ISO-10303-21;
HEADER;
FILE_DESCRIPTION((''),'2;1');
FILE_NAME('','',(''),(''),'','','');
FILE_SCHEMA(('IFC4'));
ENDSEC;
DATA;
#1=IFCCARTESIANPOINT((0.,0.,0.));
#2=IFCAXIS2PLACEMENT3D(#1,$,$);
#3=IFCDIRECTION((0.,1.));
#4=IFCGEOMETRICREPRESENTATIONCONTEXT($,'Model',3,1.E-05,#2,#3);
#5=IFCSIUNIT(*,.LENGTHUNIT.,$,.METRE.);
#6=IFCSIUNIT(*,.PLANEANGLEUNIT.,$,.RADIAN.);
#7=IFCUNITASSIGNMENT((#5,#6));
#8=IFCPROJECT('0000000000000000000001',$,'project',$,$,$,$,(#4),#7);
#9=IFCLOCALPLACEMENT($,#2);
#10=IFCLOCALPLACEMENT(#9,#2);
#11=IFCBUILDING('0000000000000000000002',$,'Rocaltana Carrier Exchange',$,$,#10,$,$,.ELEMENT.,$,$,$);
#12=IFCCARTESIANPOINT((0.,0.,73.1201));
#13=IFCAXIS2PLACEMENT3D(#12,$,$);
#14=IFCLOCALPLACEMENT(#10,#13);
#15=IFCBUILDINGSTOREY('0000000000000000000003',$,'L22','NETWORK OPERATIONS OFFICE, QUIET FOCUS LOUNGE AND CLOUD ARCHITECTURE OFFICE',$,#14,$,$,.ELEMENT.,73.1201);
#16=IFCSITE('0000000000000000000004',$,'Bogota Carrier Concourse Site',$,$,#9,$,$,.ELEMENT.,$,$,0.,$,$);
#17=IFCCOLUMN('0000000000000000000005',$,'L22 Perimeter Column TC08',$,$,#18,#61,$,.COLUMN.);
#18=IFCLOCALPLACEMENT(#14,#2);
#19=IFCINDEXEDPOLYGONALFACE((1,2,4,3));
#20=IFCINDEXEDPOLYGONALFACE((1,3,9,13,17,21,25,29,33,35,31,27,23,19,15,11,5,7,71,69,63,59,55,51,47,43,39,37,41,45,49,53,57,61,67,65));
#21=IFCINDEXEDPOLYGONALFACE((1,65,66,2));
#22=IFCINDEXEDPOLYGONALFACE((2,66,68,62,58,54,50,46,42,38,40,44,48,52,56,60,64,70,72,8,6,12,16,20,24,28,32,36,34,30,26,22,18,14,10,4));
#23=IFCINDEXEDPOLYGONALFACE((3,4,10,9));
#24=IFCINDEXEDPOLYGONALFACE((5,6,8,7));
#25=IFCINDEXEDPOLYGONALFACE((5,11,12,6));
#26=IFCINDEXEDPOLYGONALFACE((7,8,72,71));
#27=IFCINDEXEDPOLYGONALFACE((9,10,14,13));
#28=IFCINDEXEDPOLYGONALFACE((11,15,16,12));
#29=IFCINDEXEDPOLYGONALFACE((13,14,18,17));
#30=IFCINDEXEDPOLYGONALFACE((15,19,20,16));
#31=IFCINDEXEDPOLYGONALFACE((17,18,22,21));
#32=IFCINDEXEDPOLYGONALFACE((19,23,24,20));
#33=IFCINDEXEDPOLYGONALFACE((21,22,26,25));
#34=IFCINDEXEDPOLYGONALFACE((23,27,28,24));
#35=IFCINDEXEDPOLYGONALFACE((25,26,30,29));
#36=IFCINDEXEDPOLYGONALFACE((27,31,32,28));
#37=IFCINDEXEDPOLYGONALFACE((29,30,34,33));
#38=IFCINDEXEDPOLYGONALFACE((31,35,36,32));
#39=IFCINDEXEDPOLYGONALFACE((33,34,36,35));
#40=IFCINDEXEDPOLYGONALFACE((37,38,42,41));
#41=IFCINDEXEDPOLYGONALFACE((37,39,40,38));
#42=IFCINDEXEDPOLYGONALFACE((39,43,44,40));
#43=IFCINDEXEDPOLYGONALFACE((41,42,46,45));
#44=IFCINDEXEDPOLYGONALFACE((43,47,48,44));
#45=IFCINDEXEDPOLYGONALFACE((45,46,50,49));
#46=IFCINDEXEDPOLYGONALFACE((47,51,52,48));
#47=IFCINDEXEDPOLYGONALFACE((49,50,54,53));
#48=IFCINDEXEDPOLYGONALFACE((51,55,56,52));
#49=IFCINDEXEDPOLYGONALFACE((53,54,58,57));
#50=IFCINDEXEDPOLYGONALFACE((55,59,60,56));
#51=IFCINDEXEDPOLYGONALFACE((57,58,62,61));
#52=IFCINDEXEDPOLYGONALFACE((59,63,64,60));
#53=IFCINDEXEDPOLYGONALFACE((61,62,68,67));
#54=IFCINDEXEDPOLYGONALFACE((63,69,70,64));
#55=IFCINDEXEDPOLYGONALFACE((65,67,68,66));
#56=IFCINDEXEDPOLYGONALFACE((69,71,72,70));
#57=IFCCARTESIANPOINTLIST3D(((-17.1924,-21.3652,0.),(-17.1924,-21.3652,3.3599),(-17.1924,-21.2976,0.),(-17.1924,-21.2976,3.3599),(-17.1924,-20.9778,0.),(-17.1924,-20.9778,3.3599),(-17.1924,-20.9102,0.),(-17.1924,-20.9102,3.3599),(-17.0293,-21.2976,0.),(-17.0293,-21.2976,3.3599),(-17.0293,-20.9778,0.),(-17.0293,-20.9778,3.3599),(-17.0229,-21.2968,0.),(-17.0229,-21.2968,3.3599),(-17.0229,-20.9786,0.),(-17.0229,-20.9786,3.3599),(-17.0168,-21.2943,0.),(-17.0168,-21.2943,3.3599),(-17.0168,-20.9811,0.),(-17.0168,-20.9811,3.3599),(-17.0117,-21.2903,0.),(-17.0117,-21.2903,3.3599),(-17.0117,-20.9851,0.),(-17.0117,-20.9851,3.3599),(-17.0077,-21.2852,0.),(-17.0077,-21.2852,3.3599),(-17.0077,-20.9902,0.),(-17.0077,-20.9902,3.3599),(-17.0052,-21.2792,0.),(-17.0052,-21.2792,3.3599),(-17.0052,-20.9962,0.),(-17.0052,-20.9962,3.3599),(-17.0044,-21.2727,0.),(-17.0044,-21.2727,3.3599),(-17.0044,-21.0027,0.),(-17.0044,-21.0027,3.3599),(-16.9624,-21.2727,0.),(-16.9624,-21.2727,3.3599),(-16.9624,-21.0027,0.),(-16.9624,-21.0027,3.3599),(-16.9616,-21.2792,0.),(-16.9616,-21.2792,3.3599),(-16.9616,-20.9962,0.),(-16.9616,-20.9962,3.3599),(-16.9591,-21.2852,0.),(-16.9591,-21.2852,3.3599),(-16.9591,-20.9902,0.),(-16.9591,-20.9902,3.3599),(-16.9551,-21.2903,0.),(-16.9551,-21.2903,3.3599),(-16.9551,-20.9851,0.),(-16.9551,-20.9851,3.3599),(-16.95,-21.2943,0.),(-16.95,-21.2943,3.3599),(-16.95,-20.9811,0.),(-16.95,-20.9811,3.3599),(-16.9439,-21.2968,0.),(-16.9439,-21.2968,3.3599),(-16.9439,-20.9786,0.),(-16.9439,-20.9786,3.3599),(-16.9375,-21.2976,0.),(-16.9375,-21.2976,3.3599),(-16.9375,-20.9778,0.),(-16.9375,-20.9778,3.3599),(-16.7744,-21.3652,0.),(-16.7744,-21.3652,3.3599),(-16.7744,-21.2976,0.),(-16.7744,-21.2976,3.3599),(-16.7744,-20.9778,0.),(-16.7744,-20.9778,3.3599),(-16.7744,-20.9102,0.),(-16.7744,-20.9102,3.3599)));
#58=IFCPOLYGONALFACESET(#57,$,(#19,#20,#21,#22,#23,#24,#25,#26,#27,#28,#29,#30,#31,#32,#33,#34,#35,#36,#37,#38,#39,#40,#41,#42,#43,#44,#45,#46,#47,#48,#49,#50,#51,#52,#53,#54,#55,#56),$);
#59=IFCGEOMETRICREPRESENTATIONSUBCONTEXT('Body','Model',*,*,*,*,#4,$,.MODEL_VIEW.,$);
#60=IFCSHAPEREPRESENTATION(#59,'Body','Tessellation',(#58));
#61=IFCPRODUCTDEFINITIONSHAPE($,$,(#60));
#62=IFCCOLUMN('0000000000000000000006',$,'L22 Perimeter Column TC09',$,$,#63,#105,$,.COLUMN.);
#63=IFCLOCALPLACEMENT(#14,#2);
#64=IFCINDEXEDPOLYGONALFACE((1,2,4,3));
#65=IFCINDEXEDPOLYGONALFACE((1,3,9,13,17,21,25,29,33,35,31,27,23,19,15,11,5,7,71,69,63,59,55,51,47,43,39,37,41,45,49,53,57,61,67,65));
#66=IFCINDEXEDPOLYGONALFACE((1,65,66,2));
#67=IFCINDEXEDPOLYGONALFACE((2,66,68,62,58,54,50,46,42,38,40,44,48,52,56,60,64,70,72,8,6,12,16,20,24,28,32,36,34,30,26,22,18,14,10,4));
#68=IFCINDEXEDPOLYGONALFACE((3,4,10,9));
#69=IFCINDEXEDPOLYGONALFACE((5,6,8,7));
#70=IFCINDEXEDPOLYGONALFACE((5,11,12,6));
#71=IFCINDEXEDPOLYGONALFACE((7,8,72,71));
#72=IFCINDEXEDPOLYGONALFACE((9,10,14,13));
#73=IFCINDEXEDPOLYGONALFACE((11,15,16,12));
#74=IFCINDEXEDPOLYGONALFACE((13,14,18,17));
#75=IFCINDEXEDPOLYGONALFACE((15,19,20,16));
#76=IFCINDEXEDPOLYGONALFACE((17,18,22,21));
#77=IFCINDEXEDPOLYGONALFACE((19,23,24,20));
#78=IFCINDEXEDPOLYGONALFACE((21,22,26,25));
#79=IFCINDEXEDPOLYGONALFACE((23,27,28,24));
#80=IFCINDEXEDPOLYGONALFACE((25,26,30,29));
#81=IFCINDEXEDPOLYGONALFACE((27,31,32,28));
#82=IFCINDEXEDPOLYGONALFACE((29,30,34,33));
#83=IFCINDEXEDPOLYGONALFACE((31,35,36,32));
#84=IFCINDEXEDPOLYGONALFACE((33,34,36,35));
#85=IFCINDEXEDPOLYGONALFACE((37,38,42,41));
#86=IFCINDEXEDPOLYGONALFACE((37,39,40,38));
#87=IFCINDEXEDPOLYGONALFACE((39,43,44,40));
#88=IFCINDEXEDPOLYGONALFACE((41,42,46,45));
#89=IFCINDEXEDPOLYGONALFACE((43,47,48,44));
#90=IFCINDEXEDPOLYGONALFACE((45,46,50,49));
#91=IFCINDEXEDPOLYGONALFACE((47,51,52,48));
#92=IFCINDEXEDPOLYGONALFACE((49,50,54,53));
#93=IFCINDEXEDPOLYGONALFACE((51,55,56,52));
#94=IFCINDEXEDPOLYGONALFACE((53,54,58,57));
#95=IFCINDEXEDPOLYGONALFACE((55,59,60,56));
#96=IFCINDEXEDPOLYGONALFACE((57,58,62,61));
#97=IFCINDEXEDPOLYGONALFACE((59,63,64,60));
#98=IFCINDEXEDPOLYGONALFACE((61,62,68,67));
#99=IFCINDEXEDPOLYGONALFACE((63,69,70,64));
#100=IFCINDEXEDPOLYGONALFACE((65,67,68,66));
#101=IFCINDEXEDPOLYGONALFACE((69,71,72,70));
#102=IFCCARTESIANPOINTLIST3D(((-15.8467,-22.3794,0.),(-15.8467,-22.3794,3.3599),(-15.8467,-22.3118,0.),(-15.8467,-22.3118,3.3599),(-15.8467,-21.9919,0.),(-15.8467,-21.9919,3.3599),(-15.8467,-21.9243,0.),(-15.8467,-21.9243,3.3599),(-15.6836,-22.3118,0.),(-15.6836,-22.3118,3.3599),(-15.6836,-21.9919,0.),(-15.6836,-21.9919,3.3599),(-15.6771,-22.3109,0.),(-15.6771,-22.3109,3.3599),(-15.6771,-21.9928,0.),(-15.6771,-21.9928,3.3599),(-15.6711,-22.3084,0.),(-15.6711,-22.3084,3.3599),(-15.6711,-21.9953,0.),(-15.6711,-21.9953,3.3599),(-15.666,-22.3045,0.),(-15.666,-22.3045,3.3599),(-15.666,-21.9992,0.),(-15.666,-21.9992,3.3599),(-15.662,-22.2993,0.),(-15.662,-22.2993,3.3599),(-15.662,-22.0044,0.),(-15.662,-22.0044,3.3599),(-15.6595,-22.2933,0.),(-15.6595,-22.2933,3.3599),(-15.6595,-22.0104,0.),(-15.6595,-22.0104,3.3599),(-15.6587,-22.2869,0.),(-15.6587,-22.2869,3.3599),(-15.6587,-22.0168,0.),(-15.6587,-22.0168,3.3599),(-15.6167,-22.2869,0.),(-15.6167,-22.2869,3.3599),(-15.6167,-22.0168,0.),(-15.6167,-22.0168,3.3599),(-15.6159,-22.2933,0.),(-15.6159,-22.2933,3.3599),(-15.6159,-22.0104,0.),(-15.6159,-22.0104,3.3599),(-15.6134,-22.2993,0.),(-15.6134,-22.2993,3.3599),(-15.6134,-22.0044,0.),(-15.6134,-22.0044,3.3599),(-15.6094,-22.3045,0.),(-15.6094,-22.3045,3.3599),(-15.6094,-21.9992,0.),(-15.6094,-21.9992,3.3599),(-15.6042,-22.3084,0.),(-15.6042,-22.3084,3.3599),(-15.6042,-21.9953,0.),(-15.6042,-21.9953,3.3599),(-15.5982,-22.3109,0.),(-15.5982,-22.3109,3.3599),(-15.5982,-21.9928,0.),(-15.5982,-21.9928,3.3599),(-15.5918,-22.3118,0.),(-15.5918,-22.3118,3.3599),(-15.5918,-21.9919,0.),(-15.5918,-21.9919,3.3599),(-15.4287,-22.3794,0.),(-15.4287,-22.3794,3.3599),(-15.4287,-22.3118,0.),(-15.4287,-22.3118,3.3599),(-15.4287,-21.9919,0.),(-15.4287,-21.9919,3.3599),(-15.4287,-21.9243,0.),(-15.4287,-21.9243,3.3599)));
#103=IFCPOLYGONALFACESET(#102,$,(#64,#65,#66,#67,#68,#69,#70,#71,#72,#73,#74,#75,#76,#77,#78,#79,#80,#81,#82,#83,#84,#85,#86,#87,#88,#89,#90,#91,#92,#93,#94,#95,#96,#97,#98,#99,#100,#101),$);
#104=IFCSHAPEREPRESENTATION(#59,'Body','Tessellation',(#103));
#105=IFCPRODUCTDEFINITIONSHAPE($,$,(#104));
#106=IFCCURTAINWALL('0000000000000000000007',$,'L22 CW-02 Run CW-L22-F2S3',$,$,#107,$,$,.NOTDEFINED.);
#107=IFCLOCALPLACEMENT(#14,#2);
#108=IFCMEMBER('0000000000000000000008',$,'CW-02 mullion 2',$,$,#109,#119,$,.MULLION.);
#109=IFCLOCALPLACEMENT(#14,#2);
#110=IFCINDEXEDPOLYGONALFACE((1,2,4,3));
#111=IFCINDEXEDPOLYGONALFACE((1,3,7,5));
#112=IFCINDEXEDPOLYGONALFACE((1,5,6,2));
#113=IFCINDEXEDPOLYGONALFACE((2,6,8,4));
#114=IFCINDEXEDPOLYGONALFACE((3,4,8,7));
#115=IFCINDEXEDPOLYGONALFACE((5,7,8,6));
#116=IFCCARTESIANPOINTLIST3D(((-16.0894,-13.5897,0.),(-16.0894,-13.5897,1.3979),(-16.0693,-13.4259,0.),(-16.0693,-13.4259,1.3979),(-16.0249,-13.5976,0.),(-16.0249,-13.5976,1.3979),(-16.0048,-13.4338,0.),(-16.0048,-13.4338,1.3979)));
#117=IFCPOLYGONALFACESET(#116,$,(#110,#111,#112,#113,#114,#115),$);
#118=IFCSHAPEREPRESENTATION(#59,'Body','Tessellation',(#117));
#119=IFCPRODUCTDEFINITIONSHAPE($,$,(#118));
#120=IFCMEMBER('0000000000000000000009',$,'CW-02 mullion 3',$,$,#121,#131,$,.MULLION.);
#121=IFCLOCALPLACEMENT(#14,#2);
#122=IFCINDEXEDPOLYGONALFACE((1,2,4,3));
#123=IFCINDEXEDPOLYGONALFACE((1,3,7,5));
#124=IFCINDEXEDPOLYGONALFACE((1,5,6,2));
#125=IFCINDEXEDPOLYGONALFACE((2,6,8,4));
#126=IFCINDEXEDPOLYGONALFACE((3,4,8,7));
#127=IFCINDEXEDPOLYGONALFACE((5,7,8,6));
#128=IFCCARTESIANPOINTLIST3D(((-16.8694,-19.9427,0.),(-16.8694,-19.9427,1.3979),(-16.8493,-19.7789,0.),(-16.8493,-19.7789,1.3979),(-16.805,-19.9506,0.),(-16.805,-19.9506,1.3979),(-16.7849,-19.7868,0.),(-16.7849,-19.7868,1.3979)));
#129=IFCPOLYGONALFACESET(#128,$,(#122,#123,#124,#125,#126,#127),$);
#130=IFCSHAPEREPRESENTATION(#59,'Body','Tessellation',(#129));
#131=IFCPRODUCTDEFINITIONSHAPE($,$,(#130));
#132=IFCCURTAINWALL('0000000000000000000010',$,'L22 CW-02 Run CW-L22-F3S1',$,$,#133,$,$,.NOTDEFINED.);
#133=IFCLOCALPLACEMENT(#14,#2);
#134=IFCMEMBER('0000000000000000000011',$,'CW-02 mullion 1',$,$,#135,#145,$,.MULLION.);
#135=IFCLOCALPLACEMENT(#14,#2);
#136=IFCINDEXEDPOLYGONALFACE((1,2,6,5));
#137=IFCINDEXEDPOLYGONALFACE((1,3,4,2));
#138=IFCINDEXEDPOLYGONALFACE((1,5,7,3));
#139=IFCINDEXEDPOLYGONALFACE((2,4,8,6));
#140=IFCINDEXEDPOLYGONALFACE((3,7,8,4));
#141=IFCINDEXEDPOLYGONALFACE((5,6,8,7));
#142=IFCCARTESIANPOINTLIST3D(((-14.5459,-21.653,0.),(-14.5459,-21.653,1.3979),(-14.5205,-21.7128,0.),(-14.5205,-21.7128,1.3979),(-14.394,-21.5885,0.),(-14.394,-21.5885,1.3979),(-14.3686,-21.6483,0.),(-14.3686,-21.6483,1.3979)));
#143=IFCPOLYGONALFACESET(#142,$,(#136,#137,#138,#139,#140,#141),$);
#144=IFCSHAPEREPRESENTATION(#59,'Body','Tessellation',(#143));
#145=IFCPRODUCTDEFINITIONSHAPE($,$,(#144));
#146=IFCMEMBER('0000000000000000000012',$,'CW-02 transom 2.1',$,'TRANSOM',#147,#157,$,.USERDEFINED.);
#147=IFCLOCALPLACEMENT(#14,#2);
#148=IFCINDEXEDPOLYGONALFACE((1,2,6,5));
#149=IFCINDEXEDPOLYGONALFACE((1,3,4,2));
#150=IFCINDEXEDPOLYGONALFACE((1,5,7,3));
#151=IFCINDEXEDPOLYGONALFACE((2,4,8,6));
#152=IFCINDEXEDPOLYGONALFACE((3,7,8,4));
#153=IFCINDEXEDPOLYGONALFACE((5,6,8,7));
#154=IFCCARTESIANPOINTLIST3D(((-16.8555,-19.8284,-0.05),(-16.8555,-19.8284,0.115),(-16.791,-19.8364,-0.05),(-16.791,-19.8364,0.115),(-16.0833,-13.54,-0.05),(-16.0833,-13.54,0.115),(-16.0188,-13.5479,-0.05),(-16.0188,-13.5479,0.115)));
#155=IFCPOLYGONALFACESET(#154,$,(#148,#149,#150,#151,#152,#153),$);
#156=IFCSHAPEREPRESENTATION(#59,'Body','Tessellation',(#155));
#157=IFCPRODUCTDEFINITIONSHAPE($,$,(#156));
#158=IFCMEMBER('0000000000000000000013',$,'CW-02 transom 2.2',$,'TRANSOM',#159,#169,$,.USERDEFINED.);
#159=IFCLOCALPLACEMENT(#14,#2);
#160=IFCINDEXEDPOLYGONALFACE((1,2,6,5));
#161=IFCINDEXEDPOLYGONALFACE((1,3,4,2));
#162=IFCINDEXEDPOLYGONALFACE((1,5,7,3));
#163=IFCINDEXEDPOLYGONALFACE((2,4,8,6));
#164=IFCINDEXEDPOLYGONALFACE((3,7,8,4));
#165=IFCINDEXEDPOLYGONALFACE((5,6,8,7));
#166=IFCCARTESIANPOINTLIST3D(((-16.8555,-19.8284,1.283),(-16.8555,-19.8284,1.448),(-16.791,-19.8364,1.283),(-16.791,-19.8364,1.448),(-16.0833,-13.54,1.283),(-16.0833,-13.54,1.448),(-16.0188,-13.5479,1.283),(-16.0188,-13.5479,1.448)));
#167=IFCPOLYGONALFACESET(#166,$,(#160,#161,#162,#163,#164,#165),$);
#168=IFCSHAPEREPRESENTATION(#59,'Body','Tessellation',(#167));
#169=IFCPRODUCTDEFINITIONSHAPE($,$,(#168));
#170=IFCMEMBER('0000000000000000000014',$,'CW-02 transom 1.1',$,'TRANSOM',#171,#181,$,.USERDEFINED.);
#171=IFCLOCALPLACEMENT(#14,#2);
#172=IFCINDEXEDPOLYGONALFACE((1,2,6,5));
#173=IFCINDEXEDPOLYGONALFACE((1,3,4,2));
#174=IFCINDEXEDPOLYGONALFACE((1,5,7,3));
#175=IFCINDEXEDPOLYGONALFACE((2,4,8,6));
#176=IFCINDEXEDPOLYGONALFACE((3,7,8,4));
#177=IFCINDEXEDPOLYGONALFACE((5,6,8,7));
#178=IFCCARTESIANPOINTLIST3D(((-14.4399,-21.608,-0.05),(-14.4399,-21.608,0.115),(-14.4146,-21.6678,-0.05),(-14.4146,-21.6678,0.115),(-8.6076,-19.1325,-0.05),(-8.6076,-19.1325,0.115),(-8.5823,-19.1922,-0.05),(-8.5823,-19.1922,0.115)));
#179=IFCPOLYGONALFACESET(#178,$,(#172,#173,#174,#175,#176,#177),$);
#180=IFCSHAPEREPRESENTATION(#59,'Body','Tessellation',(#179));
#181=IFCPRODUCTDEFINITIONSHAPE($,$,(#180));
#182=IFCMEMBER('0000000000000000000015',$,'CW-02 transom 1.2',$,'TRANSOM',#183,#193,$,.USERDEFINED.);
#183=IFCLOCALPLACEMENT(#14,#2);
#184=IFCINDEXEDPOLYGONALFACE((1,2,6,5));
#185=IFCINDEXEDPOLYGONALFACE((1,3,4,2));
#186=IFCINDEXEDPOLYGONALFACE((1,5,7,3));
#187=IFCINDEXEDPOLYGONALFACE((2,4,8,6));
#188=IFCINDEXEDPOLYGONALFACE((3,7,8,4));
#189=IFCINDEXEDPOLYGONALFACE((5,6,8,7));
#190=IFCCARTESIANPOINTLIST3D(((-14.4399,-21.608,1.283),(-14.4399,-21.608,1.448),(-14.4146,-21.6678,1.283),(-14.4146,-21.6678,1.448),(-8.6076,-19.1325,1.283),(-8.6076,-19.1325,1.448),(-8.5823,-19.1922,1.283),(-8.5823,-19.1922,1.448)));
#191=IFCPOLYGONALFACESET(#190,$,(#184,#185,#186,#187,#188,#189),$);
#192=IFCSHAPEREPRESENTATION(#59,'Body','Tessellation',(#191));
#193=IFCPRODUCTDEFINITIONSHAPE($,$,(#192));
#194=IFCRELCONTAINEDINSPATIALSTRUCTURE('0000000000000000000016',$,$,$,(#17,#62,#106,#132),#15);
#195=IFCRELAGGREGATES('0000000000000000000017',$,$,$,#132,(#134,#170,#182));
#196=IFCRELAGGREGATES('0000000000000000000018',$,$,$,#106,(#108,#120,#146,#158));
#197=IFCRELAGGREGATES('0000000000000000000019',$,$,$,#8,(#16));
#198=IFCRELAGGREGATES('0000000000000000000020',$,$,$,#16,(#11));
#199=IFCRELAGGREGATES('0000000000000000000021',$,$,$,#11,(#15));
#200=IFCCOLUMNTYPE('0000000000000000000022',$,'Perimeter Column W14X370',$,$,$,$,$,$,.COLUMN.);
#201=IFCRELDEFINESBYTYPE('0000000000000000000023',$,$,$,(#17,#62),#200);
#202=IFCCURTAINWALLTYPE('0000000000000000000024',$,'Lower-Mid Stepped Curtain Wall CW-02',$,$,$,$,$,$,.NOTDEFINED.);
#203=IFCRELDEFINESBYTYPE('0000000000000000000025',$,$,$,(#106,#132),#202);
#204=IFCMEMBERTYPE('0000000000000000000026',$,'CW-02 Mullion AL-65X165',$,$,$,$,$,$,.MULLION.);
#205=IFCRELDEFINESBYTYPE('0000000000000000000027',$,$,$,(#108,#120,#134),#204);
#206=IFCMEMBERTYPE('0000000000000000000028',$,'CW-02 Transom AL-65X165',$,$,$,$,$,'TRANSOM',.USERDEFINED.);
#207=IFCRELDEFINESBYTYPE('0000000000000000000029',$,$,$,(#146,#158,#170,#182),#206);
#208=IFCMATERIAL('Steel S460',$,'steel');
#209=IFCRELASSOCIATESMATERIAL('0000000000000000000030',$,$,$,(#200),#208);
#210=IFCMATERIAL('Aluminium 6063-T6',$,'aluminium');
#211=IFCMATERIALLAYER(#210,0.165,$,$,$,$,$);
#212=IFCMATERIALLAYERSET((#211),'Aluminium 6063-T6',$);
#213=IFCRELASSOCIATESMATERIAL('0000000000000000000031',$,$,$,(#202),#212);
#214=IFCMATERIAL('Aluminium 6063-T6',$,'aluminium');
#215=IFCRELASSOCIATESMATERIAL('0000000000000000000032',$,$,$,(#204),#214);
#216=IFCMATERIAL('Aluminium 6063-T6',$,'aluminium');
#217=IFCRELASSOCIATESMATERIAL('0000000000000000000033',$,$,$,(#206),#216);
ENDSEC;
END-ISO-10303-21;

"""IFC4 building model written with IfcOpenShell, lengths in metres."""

from ifc_helpers import new_model, si_unit, direction, frame, origin, origin_2d, place, context, subcontext, project, spatial, rectangle, i_section, extrude, material, layer, layer_set, material_profile, profile_set, type_object, element, aggregate, save


model = new_model("IFC4")

# Units and contexts
model_context = context("Model", 3, precision=1e-05, world=origin(), true_north=direction((0.0, 1.0)))
body_context = subcontext(model_context, "Body", "Model", "MODEL_VIEW")
ifc_project = project(units=[si_unit("LENGTHUNIT", "METRE"), si_unit("PLANEANGLEUNIT", "RADIAN")], contexts=[model_context])

# Site, building, storey
site_placement = place(None, origin())
site = spatial("IfcSite", under=ifc_project, at=site_placement, Name="Bogota Carrier Concourse Site", CompositionType="ELEMENT", RefElevation=0.0)
building_placement = place(site_placement, origin())
building = spatial("IfcBuilding", under=site, at=building_placement, Name="Rocaltana Carrier Exchange", CompositionType="ELEMENT")
storey_placement = place(building_placement, frame((0.0, 0.0, 73.1201)))
storey = spatial("IfcBuildingStorey", under=building, at=storey_placement, Name="L22", Description="NETWORK OPERATIONS OFFICE, QUIET FOCUS LOUNGE AND CLOUD ARCHITECTURE OFFICE", CompositionType="ELEMENT", Elevation=73.1201)

# Columns
ifc_material_1 = material(Name="Steel S460", Category="steel")
ifc_material_profile_1 = material_profile(ifc_material_1, i_section(OverallWidth=0.418, OverallDepth=0.4551, WebThickness=0.042, FlangeThickness=0.0676, FilletRadius=0.0249, at=origin_2d()), Name="W14X370")
ifc_profile_set_1 = profile_set([ifc_material_profile_1], Name="Steel S460")
column_type = type_object("IfcColumnType", Name="Perimeter Column W14X370", PredefinedType="COLUMN", material=ifc_profile_set_1)
for number, where, z_axis, x_axis, name in (
    (1, (-16.9834, -21.1377, 0.0), (0.0, 0.0, 1.0), (1.0, 0.0, 0.0), "L22 Perimeter Column TC08"),
    (2, (-15.6377, -22.1519, 0.0), (0.0, 0.0, 1.0), (1.0, 0.0, 0.0), "L22 Perimeter Column TC09"),
):
    element("IfcColumn", number, at=place(storey_placement, frame(where, z_axis=z_axis, x_axis=x_axis)), inside=storey, type_object=column_type, Name=name, PredefinedType="COLUMN", context=body_context, shape_type="SweptSolid", body=[
        extrude(i_section(OverallWidth=0.418, OverallDepth=0.4551, WebThickness=0.042, FlangeThickness=0.0676, FilletRadius=0.0249, at=origin_2d()), origin(), (0.0, 0.0, 1.0), 3.3599),
    ])

# Curtain wall, members
ifc_material_2 = material(Name="Aluminium 6063-T6", Category="aluminium")
ifc_layer_1 = layer(ifc_material_2, 0.165)
ifc_layer_set_1 = layer_set([ifc_layer_1], Name="Aluminium 6063-T6")
curtain_wall_type = type_object("IfcCurtainWallType", Name="Lower-Mid Stepped Curtain Wall CW-02", PredefinedType="NOTDEFINED", material=ifc_layer_set_1)
curtain_wall_1_placement = place(storey_placement, origin())
curtain_wall_1 = element("IfcCurtainWall", 3, at=curtain_wall_1_placement, inside=storey, type_object=curtain_wall_type, Name="L22 CW-02 Run CW-L22-F2S3", PredefinedType="NOTDEFINED")
ifc_material_3 = material(Name="Aluminium 6063-T6", Category="aluminium")
ifc_material_profile_2 = material_profile(ifc_material_3, rectangle(XDim=0.0649, YDim=0.165, at=origin_2d()), Name="AL-65X165")
ifc_profile_set_2 = profile_set([ifc_material_profile_2], Name="Aluminium 6063-T6")
member_type_1 = type_object("IfcMemberType", Name="CW-02 Mullion AL-65X165", PredefinedType="MULLION", material=ifc_profile_set_2)
member_1_placement = place(storey_placement, frame((-16.0471, -13.5117, 0.0), z_axis=(0.0, 0.0, 1.0), x_axis=(0.992545, -0.121881, 0.0)))
member_1 = element("IfcMember", 4, at=member_1_placement, type_object=member_type_1, Name="CW-02 mullion 2", PredefinedType="MULLION", context=body_context, shape_type="SweptSolid", body=[
    extrude(rectangle(XDim=0.0649, YDim=0.165, at=origin_2d()), origin(), (0.0, 0.0, 1.0), 1.3979),
])
member_2_placement = place(storey_placement, frame((-16.8271, -19.8647, 0.0), z_axis=(0.0, 0.0, 1.0), x_axis=(0.992545, -0.121881, 0.0)))
member_2 = element("IfcMember", 5, at=member_2_placement, type_object=member_type_1, Name="CW-02 mullion 3", PredefinedType="MULLION", context=body_context, shape_type="SweptSolid", body=[
    extrude(rectangle(XDim=0.0649, YDim=0.165, at=origin_2d()), origin(), (0.0, 0.0, 1.0), 1.3979),
])

# Curtain wall, member
curtain_wall_2_placement = place(storey_placement, origin())
curtain_wall_2 = element("IfcCurtainWall", 6, at=curtain_wall_2_placement, inside=storey, type_object=curtain_wall_type, Name="L22 CW-02 Run CW-L22-F3S1", PredefinedType="NOTDEFINED")
member_3_placement = place(storey_placement, frame((-14.4573, -21.6506, 0.0), z_axis=(0.0, 0.0, 1.0), x_axis=(-0.390729, 0.920506, 0.0)))
member_3 = element("IfcMember", 7, at=member_3_placement, type_object=member_type_1, Name="CW-02 mullion 1", PredefinedType="MULLION", context=body_context, shape_type="SweptSolid", body=[
    extrude(rectangle(XDim=0.0649, YDim=0.165, at=origin_2d()), origin(), (0.0, 0.0, 1.0), 1.3979),
])

# Members
ifc_material_4 = material(Name="Aluminium 6063-T6", Category="aluminium")
ifc_material_profile_3 = material_profile(ifc_material_4, rectangle(XDim=0.0649, YDim=0.165, at=origin_2d()), Name="AL-65X165")
ifc_profile_set_3 = profile_set([ifc_material_profile_3], Name="Aluminium 6063-T6")
member_type_2 = type_object("IfcMemberType", Name="CW-02 Transom AL-65X165", ElementType="TRANSOM", PredefinedType="USERDEFINED", material=ifc_profile_set_3)
member_4_placement = place(storey_placement, frame((-16.051, -13.5439, 0.0325), z_axis=(-0.121881, -0.992545, 0.0), x_axis=(0.992545, -0.121881, 0.0)))
member_4 = element("IfcMember", 8, at=member_4_placement, type_object=member_type_2, Name="CW-02 transom 2.1", ObjectType="TRANSOM", PredefinedType="USERDEFINED", context=body_context, shape_type="SweptSolid", body=[
    extrude(rectangle(XDim=0.0649, YDim=0.165, at=origin_2d()), origin(), (0.0, 0.0, 1.0), 6.3357),
])
member_5_placement = place(storey_placement, frame((-16.051, -13.5439, 1.3655), z_axis=(-0.121881, -0.992545, 0.0), x_axis=(0.992545, -0.121881, 0.0)))
member_5 = element("IfcMember", 9, at=member_5_placement, type_object=member_type_2, Name="CW-02 transom 2.2", ObjectType="TRANSOM", PredefinedType="USERDEFINED", context=body_context, shape_type="SweptSolid", body=[
    extrude(rectangle(XDim=0.0649, YDim=0.165, at=origin_2d()), origin(), (0.0, 0.0, 1.0), 6.3357),
])
member_6_placement = place(storey_placement, frame((-14.4272, -21.6379, 0.0325), z_axis=(0.920509, 0.390722, 0.0), x_axis=(-0.390722, 0.920509, 0.0)))
member_6 = element("IfcMember", 10, at=member_6_placement, type_object=member_type_2, Name="CW-02 transom 1.1", ObjectType="TRANSOM", PredefinedType="USERDEFINED", context=body_context, shape_type="SweptSolid", body=[
    extrude(rectangle(XDim=0.0649, YDim=0.165, at=origin_2d()), origin(), (0.0, 0.0, 1.0), 6.3359),
])
member_7_placement = place(storey_placement, frame((-14.4272, -21.6379, 1.3655), z_axis=(0.920509, 0.390722, 0.0), x_axis=(-0.390722, 0.920509, 0.0)))
member_7 = element("IfcMember", 11, at=member_7_placement, type_object=member_type_2, Name="CW-02 transom 1.2", ObjectType="TRANSOM", PredefinedType="USERDEFINED", context=body_context, shape_type="SweptSolid", body=[
    extrude(rectangle(XDim=0.0649, YDim=0.165, at=origin_2d()), origin(), (0.0, 0.0, 1.0), 6.3359),
])
aggregate(curtain_wall_2, [member_3, member_6, member_7])

aggregate(curtain_wall_1, [member_1, member_2, member_4, member_5])

save(model, "model.ifc")
